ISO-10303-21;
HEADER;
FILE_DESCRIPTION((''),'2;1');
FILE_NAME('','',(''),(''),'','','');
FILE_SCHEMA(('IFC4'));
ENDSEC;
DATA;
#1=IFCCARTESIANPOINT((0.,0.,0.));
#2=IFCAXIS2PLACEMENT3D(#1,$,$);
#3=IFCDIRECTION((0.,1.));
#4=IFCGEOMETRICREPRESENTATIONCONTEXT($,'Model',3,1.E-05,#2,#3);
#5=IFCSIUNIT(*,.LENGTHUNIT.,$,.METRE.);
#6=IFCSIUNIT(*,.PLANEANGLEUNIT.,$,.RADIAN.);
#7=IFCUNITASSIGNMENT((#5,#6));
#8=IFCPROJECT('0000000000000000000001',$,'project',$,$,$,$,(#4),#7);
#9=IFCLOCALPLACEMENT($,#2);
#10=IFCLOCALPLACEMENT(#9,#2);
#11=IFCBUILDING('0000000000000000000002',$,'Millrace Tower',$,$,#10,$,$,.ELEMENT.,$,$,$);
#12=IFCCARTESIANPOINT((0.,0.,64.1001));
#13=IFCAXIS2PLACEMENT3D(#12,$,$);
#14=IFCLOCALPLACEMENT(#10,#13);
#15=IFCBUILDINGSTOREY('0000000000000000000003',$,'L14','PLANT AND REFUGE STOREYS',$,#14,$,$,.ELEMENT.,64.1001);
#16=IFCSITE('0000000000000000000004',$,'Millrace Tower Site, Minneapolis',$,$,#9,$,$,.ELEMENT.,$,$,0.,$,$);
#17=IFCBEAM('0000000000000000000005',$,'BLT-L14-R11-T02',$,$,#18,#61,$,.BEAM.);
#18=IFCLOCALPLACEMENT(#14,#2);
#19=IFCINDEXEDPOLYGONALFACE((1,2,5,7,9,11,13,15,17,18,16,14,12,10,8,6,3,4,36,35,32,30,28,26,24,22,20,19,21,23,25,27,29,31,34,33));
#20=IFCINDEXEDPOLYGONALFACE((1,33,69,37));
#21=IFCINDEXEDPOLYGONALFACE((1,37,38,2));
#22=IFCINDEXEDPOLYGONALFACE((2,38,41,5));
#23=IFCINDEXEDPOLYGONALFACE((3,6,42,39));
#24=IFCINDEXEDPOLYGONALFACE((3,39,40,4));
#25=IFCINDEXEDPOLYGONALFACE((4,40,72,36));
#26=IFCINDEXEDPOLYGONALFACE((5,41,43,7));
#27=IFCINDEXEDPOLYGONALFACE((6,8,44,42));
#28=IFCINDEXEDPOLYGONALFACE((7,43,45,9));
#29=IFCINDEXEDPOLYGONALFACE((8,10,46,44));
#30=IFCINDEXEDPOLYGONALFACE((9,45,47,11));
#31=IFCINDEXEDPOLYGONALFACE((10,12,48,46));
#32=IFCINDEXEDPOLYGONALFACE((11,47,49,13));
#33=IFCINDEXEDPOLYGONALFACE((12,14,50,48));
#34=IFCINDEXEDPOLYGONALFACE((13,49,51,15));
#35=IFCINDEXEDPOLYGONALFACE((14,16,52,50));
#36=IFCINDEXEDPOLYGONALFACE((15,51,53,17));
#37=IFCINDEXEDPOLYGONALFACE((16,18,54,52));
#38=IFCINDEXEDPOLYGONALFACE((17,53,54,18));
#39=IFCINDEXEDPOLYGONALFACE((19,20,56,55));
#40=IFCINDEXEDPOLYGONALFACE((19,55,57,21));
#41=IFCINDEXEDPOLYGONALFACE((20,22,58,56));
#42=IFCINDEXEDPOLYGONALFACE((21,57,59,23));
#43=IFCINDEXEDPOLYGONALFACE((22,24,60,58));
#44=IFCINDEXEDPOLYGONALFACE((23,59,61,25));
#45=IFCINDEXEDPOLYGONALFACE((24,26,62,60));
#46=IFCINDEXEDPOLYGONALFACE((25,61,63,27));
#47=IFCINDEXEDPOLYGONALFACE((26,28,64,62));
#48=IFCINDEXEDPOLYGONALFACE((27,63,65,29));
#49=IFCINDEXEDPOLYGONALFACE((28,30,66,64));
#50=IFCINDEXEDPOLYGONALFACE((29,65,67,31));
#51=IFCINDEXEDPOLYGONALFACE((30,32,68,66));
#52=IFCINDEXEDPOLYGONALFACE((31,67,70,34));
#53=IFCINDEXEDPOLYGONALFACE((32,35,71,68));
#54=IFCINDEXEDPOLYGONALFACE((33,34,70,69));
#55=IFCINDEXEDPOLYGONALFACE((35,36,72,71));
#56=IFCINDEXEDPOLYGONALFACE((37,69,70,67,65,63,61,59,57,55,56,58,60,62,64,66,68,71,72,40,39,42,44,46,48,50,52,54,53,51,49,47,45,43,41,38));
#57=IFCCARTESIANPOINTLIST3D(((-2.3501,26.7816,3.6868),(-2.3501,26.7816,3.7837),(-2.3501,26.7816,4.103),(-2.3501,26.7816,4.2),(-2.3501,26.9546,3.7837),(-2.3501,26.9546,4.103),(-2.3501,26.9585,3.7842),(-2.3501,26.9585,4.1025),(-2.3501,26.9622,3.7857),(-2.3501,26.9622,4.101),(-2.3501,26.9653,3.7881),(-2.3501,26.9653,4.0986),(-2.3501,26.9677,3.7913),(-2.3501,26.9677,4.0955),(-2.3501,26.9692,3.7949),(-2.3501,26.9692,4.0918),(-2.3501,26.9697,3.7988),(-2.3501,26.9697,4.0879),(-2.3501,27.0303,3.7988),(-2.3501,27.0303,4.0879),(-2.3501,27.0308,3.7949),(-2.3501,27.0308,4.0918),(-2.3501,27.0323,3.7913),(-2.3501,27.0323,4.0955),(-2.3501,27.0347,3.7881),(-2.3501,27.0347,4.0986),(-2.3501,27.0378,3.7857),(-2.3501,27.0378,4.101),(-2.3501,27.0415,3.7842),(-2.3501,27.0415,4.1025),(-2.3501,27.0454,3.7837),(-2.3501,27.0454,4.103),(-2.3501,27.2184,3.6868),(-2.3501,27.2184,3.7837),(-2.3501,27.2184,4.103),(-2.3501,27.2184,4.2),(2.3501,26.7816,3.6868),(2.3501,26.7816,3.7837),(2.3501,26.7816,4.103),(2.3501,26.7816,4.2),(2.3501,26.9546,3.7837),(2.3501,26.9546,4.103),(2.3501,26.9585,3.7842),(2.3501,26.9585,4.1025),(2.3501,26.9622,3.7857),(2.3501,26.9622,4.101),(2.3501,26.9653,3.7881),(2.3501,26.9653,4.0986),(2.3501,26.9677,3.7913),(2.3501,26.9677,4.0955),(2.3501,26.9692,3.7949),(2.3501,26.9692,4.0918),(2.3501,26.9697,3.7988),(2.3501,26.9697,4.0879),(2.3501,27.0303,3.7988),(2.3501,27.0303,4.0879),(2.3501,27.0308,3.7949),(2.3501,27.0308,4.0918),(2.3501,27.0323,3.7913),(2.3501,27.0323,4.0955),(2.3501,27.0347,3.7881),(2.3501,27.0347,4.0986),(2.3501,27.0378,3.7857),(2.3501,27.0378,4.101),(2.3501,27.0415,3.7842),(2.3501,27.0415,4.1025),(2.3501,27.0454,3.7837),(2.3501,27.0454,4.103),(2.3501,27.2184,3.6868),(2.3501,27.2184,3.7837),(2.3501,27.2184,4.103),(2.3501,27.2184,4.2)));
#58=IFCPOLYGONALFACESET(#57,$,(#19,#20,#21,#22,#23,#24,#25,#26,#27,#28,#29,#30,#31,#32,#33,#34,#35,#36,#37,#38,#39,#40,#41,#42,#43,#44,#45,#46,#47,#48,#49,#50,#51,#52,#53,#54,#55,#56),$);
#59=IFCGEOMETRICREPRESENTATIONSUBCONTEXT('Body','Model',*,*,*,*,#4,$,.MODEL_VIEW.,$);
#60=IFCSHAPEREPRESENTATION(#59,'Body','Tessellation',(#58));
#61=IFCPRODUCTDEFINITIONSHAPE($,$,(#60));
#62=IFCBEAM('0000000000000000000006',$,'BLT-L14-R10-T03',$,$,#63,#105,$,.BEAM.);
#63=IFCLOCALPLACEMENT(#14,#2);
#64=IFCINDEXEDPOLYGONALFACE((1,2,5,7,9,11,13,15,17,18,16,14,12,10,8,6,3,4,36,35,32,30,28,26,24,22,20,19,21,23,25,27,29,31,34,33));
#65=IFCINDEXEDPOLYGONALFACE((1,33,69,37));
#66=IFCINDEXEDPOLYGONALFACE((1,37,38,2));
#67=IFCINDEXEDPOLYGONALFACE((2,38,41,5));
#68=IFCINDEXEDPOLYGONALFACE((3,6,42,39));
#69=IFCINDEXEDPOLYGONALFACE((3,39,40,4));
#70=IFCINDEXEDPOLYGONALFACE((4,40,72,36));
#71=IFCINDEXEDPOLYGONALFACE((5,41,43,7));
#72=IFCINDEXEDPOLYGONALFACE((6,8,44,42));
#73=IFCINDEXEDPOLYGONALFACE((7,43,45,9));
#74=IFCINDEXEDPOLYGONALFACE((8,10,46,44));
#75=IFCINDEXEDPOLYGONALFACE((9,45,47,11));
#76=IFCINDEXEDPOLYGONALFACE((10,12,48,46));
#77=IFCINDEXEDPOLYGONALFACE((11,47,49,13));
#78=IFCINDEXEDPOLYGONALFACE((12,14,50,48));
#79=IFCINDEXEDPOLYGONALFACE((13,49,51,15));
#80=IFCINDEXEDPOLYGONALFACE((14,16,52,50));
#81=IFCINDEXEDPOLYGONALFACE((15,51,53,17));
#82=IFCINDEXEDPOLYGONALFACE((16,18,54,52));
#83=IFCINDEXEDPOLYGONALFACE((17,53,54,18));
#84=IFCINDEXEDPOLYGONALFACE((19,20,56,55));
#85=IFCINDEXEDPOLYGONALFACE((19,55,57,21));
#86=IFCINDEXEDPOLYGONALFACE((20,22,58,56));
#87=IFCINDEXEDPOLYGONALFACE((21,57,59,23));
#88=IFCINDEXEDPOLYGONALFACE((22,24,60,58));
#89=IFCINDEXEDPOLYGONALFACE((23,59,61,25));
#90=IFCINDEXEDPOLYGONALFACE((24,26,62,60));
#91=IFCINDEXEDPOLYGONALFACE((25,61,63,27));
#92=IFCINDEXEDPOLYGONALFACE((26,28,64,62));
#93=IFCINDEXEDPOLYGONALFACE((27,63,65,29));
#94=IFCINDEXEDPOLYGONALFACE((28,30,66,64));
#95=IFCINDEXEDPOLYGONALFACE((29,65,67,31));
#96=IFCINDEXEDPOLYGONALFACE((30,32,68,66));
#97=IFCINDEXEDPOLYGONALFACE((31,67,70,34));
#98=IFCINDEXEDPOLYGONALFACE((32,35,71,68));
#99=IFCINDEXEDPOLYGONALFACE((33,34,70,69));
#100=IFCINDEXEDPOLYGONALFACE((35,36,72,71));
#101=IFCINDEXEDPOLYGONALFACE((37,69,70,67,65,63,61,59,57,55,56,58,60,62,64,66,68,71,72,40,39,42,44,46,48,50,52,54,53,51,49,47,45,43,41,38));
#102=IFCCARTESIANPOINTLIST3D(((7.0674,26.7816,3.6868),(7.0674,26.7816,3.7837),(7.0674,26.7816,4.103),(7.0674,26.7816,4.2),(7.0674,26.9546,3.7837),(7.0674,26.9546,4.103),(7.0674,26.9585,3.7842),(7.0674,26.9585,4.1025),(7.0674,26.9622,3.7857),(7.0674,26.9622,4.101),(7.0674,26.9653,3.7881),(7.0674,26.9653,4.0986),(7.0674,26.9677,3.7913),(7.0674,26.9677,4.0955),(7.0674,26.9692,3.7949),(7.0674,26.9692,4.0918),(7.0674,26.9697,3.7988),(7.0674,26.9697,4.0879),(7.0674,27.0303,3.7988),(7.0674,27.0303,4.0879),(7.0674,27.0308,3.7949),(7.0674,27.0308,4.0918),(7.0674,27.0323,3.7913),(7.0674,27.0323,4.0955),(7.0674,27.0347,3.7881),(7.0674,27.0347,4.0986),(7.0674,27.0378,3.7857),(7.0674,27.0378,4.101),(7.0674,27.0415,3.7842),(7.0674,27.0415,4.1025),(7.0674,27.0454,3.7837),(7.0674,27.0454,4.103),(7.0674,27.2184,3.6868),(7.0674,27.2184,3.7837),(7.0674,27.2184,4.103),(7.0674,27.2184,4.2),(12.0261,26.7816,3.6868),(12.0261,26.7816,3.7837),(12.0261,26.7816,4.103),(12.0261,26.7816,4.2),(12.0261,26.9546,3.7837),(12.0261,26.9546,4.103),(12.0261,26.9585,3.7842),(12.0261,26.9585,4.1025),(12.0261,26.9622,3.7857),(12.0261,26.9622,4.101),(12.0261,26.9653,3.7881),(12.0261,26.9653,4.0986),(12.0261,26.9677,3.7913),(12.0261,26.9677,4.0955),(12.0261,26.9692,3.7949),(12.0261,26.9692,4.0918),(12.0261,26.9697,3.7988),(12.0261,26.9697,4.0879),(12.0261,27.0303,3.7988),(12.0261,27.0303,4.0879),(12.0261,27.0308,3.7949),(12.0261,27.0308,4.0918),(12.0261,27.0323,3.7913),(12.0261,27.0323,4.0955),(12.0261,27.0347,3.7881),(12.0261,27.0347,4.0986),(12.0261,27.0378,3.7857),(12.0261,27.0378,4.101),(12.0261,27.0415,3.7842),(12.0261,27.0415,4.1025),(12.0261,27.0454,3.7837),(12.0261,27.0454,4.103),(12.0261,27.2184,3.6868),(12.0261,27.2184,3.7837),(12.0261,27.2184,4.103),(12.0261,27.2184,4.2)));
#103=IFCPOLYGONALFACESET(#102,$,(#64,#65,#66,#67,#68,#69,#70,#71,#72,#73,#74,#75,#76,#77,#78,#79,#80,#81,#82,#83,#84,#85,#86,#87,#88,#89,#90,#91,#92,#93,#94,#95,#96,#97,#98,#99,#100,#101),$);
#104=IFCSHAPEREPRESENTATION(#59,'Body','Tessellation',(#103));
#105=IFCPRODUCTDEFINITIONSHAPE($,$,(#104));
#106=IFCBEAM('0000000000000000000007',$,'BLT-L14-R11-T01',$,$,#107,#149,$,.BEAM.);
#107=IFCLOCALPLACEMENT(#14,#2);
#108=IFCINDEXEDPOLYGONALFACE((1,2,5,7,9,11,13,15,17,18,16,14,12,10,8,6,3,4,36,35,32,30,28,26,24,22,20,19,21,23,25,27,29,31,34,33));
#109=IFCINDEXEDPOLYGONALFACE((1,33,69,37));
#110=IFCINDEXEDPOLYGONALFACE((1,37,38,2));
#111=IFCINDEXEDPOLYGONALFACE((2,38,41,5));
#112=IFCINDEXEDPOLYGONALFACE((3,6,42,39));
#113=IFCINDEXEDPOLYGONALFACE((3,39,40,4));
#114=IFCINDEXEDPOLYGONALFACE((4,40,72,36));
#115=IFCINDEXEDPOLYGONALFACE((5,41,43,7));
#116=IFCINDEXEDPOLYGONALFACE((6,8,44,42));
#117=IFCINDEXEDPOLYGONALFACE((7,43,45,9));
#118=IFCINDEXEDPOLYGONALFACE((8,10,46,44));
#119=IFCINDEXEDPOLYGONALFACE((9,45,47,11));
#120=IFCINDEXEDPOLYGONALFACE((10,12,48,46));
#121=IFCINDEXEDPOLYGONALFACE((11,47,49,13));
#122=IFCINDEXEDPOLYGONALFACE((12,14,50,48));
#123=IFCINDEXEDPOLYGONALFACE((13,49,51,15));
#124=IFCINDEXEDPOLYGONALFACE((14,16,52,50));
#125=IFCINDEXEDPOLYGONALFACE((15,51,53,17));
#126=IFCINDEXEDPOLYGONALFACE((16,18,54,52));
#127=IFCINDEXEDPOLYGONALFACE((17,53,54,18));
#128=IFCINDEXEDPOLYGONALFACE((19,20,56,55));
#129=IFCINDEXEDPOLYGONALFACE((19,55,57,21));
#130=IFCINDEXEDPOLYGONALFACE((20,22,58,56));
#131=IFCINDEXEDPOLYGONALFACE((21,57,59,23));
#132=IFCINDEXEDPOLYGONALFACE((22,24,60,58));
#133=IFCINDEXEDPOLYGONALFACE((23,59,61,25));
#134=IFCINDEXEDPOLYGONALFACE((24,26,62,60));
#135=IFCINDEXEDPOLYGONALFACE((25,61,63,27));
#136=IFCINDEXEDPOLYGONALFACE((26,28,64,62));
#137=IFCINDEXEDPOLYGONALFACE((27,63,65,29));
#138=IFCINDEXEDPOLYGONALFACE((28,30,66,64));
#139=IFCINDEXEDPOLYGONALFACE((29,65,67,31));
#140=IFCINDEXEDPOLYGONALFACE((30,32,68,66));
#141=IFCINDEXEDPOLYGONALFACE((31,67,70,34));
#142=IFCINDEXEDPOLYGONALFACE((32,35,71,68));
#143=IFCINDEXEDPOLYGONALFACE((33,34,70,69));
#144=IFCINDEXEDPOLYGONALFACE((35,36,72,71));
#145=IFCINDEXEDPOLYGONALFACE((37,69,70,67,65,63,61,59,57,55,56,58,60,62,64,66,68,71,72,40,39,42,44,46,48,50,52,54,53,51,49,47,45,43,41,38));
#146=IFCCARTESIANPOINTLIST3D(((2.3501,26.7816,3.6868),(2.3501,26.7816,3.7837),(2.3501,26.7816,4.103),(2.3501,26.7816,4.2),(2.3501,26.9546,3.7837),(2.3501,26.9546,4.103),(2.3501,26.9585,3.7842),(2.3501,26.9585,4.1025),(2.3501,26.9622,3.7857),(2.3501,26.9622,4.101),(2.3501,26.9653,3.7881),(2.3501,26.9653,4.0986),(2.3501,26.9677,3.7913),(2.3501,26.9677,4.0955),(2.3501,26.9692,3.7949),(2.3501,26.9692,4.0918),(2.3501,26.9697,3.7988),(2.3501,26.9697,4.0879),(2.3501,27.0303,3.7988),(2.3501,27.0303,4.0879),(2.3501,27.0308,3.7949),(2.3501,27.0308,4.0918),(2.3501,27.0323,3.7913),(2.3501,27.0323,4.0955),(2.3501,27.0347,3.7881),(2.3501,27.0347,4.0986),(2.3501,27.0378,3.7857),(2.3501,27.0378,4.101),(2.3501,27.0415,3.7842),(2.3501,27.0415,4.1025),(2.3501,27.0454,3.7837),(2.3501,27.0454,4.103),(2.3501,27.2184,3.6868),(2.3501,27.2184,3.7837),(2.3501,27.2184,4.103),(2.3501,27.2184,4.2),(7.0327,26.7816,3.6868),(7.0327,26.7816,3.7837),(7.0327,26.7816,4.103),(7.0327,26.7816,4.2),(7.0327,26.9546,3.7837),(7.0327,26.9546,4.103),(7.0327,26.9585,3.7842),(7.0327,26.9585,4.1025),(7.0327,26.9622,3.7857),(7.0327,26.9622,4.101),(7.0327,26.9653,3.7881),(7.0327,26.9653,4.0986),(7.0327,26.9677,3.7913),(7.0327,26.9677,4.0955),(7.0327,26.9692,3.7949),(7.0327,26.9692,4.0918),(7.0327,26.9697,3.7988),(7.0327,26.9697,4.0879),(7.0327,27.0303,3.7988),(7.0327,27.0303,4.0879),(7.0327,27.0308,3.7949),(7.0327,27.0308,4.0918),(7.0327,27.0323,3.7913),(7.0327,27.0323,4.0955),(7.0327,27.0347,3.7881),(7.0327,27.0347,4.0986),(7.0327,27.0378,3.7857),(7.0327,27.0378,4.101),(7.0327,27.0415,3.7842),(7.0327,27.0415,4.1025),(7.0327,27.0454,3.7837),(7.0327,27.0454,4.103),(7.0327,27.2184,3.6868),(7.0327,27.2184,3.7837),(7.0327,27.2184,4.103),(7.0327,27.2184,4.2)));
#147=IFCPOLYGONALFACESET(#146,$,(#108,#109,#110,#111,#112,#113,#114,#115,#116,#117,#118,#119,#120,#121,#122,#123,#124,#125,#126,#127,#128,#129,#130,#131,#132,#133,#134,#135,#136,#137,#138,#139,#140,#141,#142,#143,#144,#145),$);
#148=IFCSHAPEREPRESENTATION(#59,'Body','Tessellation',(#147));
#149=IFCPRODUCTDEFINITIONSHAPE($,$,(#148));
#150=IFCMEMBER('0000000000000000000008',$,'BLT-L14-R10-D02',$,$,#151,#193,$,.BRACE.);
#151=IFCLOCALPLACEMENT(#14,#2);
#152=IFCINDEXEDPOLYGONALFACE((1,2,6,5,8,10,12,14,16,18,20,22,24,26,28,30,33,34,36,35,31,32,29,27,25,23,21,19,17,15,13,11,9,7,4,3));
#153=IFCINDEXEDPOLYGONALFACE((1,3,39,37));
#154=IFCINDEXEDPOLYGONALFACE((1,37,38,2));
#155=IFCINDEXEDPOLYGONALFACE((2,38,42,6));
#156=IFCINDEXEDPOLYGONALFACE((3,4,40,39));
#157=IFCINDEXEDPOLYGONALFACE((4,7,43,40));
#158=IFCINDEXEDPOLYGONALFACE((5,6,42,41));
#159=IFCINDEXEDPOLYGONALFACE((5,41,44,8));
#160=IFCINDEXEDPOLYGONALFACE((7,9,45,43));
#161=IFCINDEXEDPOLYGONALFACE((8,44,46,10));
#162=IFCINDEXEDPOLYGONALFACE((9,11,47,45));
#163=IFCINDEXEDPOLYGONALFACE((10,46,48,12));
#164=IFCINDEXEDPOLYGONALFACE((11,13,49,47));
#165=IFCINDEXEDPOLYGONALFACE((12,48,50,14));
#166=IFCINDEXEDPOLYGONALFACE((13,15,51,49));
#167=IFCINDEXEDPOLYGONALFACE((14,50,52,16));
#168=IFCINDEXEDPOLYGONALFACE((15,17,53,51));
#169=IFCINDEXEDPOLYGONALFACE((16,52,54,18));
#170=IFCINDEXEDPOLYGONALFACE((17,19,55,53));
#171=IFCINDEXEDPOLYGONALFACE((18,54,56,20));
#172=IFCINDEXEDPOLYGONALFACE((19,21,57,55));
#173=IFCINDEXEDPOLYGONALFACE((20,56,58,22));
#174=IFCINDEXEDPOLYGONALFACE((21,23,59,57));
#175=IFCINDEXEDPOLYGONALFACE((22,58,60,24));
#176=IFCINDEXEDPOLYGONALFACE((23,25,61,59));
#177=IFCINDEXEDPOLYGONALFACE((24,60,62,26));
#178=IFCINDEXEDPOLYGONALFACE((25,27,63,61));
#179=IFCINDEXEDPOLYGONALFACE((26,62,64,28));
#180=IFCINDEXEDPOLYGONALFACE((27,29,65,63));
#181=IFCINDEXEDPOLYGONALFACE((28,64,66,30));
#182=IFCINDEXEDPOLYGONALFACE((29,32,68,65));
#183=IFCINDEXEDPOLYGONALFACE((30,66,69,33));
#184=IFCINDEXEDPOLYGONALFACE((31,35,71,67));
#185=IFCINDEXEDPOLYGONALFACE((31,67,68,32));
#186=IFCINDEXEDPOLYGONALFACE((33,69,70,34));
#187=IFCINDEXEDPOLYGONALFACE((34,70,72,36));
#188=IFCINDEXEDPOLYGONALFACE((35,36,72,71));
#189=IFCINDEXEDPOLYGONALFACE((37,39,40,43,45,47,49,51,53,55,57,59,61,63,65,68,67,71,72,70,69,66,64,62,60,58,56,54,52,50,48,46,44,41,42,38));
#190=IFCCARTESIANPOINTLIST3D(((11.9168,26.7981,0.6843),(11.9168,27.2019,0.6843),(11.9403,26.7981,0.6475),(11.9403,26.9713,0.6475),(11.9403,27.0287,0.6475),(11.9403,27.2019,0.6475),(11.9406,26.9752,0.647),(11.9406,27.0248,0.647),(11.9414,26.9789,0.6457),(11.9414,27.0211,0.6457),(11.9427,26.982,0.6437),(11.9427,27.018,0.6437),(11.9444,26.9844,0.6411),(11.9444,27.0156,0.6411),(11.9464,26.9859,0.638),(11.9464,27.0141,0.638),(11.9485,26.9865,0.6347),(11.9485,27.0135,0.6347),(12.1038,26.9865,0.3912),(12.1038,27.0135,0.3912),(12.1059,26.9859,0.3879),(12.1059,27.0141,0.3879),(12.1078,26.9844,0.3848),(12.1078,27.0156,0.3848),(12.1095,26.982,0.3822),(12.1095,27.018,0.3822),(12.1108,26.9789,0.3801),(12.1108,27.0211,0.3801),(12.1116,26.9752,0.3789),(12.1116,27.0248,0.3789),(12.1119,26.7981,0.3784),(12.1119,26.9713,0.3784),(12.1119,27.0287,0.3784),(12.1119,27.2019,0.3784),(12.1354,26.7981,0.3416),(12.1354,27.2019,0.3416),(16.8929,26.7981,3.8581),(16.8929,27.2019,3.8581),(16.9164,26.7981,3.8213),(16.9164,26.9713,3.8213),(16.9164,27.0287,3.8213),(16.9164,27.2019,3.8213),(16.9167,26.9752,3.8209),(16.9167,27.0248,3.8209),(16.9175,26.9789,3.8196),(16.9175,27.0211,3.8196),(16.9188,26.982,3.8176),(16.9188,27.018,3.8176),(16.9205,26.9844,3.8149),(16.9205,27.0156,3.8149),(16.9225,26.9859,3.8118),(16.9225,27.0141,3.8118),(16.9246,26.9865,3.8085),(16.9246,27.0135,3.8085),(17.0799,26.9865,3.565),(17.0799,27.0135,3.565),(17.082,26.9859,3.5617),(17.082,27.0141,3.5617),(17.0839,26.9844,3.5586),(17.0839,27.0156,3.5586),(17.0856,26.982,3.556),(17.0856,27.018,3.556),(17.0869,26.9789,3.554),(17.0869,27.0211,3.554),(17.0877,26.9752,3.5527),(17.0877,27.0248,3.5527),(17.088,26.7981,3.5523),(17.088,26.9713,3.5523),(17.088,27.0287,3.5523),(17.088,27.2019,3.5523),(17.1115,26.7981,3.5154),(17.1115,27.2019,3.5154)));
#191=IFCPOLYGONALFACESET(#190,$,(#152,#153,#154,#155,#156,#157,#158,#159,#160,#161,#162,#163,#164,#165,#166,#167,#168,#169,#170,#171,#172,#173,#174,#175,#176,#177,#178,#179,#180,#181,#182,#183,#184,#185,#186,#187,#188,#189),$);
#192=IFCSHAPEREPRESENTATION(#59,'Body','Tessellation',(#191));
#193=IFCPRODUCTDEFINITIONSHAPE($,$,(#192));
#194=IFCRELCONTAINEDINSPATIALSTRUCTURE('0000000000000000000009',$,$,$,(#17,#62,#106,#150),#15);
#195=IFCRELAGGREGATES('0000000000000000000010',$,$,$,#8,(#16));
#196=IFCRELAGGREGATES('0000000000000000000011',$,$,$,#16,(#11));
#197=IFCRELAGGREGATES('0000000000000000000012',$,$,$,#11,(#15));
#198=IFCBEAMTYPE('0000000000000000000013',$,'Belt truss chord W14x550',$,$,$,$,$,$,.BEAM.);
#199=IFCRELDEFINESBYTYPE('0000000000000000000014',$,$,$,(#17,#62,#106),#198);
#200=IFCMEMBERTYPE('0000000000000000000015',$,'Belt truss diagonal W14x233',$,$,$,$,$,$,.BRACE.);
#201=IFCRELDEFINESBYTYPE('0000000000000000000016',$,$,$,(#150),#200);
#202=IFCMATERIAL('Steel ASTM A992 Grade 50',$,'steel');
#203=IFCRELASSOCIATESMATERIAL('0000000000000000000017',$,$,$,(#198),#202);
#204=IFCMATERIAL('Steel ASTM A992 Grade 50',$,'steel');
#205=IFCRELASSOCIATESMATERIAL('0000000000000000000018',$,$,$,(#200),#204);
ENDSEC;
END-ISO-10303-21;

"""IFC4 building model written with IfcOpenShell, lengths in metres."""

from ifc_helpers import new_model, si_unit, direction, frame, origin, origin_2d, place, context, subcontext, project, spatial, i_section, extrude, material, material_profile, profile_set, type_object, element, save


model = new_model("IFC4")

# Units and contexts
model_context = context("Model", 3, precision=1e-05, world=origin(), true_north=direction((0.0, 1.0)))
body_context = subcontext(model_context, "Body", "Model", "MODEL_VIEW")
ifc_project = project(units=[si_unit("LENGTHUNIT", "METRE"), si_unit("PLANEANGLEUNIT", "RADIAN")], contexts=[model_context])

# Site, building, storey
site_placement = place(None, origin())
site = spatial("IfcSite", under=ifc_project, at=site_placement, Name="Millrace Tower Site, Minneapolis", CompositionType="ELEMENT", RefElevation=0.0)
building_placement = place(site_placement, origin())
building = spatial("IfcBuilding", under=site, at=building_placement, Name="Millrace Tower", CompositionType="ELEMENT")
storey_placement = place(building_placement, frame((0.0, 0.0, 64.1001)))
storey = spatial("IfcBuildingStorey", under=building, at=storey_placement, Name="L14", Description="PLANT AND REFUGE STOREYS", CompositionType="ELEMENT", Elevation=64.1001)

# Beams
ifc_material_1 = material(Name="Steel ASTM A992 Grade 50", Category="steel")
ifc_material_profile_1 = material_profile(ifc_material_1, i_section(OverallWidth=0.4368, OverallDepth=0.5132, WebThickness=0.0605, FlangeThickness=0.0969, FilletRadius=0.0151, at=origin_2d()))
ifc_profile_set_1 = profile_set([ifc_material_profile_1], Name="Steel ASTM A992 Grade 50")
beam_type_1 = type_object("IfcBeamType", Name="Belt truss chord W14x550", PredefinedType="BEAM", material=ifc_profile_set_1)
for number, where, z_axis, x_axis, name in (
    (1, (2.3501, 27.0, 3.9434), (-1.0, 0.0, 0.0), (0.0, -1.0, 0.0), "BLT-L14-R11-T02"),
):
    element("IfcBeam", number, at=place(storey_placement, frame(where, z_axis=z_axis, x_axis=x_axis)), inside=storey, type_object=beam_type_1, Name=name, PredefinedType="BEAM", context=body_context, shape_type="SweptSolid", body=[
        extrude(i_section(OverallWidth=0.4368, OverallDepth=0.5132, WebThickness=0.0605, FlangeThickness=0.0969, FilletRadius=0.0151, at=origin_2d()), origin(), (0.0, 0.0, 1.0), 4.7002),
    ])
beam_1_placement = place(storey_placement, frame((12.0261, 27.0, 3.9434), z_axis=(-1.0, 0.0, 0.0), x_axis=(0.0, -1.0, 0.0)))
element("IfcBeam", 2, at=beam_1_placement, inside=storey, type_object=beam_type_1, Name="BLT-L14-R10-T03", PredefinedType="BEAM", context=body_context, shape_type="SweptSolid", body=[
    extrude(i_section(OverallWidth=0.4368, OverallDepth=0.5132, WebThickness=0.0605, FlangeThickness=0.0969, FilletRadius=0.0151, at=origin_2d()), origin(), (0.0, 0.0, 1.0), 4.9587),
])
beam_2_placement = place(storey_placement, frame((7.0327, 27.0, 3.9434), z_axis=(-1.0, 0.0, 0.0), x_axis=(0.0, -1.0, 0.0)))
element("IfcBeam", 3, at=beam_2_placement, inside=storey, type_object=beam_type_1, Name="BLT-L14-R11-T01", PredefinedType="BEAM", context=body_context, shape_type="SweptSolid", body=[
    extrude(i_section(OverallWidth=0.4368, OverallDepth=0.5132, WebThickness=0.0605, FlangeThickness=0.0969, FilletRadius=0.0151, at=origin_2d()), origin(), (0.0, 0.0, 1.0), 4.6826),
])

# Member
ifc_material_2 = material(Name="Steel ASTM A992 Grade 50", Category="steel")
ifc_material_profile_2 = material_profile(ifc_material_2, i_section(OverallWidth=0.4038, OverallDepth=0.4065, WebThickness=0.0271, FlangeThickness=0.0437, FilletRadius=0.0151, at=origin_2d()))
ifc_profile_set_2 = profile_set([ifc_material_profile_2], Name="Steel ASTM A992 Grade 50")
member_type_1 = type_object("IfcMemberType", Name="Belt truss diagonal W14x233", PredefinedType="BRACE", material=ifc_profile_set_2)
member_1_placement = place(storey_placement, frame((12.0261, 27.0, 0.5129), z_axis=(0.843106, 0.0, 0.537748), x_axis=(0.0, 1.0, 0.0)))
element("IfcMember", 4, at=member_1_placement, inside=storey, type_object=member_type_1, Name="BLT-L14-R10-D02", PredefinedType="BRACE", context=body_context, shape_type="SweptSolid", body=[
    extrude(i_section(OverallWidth=0.4038, OverallDepth=0.4065, WebThickness=0.0271, FlangeThickness=0.0437, FilletRadius=0.0151, at=origin_2d()), origin(), (0.0, 0.0, 1.0), 5.9021),
])

save(model, "model.ifc")
